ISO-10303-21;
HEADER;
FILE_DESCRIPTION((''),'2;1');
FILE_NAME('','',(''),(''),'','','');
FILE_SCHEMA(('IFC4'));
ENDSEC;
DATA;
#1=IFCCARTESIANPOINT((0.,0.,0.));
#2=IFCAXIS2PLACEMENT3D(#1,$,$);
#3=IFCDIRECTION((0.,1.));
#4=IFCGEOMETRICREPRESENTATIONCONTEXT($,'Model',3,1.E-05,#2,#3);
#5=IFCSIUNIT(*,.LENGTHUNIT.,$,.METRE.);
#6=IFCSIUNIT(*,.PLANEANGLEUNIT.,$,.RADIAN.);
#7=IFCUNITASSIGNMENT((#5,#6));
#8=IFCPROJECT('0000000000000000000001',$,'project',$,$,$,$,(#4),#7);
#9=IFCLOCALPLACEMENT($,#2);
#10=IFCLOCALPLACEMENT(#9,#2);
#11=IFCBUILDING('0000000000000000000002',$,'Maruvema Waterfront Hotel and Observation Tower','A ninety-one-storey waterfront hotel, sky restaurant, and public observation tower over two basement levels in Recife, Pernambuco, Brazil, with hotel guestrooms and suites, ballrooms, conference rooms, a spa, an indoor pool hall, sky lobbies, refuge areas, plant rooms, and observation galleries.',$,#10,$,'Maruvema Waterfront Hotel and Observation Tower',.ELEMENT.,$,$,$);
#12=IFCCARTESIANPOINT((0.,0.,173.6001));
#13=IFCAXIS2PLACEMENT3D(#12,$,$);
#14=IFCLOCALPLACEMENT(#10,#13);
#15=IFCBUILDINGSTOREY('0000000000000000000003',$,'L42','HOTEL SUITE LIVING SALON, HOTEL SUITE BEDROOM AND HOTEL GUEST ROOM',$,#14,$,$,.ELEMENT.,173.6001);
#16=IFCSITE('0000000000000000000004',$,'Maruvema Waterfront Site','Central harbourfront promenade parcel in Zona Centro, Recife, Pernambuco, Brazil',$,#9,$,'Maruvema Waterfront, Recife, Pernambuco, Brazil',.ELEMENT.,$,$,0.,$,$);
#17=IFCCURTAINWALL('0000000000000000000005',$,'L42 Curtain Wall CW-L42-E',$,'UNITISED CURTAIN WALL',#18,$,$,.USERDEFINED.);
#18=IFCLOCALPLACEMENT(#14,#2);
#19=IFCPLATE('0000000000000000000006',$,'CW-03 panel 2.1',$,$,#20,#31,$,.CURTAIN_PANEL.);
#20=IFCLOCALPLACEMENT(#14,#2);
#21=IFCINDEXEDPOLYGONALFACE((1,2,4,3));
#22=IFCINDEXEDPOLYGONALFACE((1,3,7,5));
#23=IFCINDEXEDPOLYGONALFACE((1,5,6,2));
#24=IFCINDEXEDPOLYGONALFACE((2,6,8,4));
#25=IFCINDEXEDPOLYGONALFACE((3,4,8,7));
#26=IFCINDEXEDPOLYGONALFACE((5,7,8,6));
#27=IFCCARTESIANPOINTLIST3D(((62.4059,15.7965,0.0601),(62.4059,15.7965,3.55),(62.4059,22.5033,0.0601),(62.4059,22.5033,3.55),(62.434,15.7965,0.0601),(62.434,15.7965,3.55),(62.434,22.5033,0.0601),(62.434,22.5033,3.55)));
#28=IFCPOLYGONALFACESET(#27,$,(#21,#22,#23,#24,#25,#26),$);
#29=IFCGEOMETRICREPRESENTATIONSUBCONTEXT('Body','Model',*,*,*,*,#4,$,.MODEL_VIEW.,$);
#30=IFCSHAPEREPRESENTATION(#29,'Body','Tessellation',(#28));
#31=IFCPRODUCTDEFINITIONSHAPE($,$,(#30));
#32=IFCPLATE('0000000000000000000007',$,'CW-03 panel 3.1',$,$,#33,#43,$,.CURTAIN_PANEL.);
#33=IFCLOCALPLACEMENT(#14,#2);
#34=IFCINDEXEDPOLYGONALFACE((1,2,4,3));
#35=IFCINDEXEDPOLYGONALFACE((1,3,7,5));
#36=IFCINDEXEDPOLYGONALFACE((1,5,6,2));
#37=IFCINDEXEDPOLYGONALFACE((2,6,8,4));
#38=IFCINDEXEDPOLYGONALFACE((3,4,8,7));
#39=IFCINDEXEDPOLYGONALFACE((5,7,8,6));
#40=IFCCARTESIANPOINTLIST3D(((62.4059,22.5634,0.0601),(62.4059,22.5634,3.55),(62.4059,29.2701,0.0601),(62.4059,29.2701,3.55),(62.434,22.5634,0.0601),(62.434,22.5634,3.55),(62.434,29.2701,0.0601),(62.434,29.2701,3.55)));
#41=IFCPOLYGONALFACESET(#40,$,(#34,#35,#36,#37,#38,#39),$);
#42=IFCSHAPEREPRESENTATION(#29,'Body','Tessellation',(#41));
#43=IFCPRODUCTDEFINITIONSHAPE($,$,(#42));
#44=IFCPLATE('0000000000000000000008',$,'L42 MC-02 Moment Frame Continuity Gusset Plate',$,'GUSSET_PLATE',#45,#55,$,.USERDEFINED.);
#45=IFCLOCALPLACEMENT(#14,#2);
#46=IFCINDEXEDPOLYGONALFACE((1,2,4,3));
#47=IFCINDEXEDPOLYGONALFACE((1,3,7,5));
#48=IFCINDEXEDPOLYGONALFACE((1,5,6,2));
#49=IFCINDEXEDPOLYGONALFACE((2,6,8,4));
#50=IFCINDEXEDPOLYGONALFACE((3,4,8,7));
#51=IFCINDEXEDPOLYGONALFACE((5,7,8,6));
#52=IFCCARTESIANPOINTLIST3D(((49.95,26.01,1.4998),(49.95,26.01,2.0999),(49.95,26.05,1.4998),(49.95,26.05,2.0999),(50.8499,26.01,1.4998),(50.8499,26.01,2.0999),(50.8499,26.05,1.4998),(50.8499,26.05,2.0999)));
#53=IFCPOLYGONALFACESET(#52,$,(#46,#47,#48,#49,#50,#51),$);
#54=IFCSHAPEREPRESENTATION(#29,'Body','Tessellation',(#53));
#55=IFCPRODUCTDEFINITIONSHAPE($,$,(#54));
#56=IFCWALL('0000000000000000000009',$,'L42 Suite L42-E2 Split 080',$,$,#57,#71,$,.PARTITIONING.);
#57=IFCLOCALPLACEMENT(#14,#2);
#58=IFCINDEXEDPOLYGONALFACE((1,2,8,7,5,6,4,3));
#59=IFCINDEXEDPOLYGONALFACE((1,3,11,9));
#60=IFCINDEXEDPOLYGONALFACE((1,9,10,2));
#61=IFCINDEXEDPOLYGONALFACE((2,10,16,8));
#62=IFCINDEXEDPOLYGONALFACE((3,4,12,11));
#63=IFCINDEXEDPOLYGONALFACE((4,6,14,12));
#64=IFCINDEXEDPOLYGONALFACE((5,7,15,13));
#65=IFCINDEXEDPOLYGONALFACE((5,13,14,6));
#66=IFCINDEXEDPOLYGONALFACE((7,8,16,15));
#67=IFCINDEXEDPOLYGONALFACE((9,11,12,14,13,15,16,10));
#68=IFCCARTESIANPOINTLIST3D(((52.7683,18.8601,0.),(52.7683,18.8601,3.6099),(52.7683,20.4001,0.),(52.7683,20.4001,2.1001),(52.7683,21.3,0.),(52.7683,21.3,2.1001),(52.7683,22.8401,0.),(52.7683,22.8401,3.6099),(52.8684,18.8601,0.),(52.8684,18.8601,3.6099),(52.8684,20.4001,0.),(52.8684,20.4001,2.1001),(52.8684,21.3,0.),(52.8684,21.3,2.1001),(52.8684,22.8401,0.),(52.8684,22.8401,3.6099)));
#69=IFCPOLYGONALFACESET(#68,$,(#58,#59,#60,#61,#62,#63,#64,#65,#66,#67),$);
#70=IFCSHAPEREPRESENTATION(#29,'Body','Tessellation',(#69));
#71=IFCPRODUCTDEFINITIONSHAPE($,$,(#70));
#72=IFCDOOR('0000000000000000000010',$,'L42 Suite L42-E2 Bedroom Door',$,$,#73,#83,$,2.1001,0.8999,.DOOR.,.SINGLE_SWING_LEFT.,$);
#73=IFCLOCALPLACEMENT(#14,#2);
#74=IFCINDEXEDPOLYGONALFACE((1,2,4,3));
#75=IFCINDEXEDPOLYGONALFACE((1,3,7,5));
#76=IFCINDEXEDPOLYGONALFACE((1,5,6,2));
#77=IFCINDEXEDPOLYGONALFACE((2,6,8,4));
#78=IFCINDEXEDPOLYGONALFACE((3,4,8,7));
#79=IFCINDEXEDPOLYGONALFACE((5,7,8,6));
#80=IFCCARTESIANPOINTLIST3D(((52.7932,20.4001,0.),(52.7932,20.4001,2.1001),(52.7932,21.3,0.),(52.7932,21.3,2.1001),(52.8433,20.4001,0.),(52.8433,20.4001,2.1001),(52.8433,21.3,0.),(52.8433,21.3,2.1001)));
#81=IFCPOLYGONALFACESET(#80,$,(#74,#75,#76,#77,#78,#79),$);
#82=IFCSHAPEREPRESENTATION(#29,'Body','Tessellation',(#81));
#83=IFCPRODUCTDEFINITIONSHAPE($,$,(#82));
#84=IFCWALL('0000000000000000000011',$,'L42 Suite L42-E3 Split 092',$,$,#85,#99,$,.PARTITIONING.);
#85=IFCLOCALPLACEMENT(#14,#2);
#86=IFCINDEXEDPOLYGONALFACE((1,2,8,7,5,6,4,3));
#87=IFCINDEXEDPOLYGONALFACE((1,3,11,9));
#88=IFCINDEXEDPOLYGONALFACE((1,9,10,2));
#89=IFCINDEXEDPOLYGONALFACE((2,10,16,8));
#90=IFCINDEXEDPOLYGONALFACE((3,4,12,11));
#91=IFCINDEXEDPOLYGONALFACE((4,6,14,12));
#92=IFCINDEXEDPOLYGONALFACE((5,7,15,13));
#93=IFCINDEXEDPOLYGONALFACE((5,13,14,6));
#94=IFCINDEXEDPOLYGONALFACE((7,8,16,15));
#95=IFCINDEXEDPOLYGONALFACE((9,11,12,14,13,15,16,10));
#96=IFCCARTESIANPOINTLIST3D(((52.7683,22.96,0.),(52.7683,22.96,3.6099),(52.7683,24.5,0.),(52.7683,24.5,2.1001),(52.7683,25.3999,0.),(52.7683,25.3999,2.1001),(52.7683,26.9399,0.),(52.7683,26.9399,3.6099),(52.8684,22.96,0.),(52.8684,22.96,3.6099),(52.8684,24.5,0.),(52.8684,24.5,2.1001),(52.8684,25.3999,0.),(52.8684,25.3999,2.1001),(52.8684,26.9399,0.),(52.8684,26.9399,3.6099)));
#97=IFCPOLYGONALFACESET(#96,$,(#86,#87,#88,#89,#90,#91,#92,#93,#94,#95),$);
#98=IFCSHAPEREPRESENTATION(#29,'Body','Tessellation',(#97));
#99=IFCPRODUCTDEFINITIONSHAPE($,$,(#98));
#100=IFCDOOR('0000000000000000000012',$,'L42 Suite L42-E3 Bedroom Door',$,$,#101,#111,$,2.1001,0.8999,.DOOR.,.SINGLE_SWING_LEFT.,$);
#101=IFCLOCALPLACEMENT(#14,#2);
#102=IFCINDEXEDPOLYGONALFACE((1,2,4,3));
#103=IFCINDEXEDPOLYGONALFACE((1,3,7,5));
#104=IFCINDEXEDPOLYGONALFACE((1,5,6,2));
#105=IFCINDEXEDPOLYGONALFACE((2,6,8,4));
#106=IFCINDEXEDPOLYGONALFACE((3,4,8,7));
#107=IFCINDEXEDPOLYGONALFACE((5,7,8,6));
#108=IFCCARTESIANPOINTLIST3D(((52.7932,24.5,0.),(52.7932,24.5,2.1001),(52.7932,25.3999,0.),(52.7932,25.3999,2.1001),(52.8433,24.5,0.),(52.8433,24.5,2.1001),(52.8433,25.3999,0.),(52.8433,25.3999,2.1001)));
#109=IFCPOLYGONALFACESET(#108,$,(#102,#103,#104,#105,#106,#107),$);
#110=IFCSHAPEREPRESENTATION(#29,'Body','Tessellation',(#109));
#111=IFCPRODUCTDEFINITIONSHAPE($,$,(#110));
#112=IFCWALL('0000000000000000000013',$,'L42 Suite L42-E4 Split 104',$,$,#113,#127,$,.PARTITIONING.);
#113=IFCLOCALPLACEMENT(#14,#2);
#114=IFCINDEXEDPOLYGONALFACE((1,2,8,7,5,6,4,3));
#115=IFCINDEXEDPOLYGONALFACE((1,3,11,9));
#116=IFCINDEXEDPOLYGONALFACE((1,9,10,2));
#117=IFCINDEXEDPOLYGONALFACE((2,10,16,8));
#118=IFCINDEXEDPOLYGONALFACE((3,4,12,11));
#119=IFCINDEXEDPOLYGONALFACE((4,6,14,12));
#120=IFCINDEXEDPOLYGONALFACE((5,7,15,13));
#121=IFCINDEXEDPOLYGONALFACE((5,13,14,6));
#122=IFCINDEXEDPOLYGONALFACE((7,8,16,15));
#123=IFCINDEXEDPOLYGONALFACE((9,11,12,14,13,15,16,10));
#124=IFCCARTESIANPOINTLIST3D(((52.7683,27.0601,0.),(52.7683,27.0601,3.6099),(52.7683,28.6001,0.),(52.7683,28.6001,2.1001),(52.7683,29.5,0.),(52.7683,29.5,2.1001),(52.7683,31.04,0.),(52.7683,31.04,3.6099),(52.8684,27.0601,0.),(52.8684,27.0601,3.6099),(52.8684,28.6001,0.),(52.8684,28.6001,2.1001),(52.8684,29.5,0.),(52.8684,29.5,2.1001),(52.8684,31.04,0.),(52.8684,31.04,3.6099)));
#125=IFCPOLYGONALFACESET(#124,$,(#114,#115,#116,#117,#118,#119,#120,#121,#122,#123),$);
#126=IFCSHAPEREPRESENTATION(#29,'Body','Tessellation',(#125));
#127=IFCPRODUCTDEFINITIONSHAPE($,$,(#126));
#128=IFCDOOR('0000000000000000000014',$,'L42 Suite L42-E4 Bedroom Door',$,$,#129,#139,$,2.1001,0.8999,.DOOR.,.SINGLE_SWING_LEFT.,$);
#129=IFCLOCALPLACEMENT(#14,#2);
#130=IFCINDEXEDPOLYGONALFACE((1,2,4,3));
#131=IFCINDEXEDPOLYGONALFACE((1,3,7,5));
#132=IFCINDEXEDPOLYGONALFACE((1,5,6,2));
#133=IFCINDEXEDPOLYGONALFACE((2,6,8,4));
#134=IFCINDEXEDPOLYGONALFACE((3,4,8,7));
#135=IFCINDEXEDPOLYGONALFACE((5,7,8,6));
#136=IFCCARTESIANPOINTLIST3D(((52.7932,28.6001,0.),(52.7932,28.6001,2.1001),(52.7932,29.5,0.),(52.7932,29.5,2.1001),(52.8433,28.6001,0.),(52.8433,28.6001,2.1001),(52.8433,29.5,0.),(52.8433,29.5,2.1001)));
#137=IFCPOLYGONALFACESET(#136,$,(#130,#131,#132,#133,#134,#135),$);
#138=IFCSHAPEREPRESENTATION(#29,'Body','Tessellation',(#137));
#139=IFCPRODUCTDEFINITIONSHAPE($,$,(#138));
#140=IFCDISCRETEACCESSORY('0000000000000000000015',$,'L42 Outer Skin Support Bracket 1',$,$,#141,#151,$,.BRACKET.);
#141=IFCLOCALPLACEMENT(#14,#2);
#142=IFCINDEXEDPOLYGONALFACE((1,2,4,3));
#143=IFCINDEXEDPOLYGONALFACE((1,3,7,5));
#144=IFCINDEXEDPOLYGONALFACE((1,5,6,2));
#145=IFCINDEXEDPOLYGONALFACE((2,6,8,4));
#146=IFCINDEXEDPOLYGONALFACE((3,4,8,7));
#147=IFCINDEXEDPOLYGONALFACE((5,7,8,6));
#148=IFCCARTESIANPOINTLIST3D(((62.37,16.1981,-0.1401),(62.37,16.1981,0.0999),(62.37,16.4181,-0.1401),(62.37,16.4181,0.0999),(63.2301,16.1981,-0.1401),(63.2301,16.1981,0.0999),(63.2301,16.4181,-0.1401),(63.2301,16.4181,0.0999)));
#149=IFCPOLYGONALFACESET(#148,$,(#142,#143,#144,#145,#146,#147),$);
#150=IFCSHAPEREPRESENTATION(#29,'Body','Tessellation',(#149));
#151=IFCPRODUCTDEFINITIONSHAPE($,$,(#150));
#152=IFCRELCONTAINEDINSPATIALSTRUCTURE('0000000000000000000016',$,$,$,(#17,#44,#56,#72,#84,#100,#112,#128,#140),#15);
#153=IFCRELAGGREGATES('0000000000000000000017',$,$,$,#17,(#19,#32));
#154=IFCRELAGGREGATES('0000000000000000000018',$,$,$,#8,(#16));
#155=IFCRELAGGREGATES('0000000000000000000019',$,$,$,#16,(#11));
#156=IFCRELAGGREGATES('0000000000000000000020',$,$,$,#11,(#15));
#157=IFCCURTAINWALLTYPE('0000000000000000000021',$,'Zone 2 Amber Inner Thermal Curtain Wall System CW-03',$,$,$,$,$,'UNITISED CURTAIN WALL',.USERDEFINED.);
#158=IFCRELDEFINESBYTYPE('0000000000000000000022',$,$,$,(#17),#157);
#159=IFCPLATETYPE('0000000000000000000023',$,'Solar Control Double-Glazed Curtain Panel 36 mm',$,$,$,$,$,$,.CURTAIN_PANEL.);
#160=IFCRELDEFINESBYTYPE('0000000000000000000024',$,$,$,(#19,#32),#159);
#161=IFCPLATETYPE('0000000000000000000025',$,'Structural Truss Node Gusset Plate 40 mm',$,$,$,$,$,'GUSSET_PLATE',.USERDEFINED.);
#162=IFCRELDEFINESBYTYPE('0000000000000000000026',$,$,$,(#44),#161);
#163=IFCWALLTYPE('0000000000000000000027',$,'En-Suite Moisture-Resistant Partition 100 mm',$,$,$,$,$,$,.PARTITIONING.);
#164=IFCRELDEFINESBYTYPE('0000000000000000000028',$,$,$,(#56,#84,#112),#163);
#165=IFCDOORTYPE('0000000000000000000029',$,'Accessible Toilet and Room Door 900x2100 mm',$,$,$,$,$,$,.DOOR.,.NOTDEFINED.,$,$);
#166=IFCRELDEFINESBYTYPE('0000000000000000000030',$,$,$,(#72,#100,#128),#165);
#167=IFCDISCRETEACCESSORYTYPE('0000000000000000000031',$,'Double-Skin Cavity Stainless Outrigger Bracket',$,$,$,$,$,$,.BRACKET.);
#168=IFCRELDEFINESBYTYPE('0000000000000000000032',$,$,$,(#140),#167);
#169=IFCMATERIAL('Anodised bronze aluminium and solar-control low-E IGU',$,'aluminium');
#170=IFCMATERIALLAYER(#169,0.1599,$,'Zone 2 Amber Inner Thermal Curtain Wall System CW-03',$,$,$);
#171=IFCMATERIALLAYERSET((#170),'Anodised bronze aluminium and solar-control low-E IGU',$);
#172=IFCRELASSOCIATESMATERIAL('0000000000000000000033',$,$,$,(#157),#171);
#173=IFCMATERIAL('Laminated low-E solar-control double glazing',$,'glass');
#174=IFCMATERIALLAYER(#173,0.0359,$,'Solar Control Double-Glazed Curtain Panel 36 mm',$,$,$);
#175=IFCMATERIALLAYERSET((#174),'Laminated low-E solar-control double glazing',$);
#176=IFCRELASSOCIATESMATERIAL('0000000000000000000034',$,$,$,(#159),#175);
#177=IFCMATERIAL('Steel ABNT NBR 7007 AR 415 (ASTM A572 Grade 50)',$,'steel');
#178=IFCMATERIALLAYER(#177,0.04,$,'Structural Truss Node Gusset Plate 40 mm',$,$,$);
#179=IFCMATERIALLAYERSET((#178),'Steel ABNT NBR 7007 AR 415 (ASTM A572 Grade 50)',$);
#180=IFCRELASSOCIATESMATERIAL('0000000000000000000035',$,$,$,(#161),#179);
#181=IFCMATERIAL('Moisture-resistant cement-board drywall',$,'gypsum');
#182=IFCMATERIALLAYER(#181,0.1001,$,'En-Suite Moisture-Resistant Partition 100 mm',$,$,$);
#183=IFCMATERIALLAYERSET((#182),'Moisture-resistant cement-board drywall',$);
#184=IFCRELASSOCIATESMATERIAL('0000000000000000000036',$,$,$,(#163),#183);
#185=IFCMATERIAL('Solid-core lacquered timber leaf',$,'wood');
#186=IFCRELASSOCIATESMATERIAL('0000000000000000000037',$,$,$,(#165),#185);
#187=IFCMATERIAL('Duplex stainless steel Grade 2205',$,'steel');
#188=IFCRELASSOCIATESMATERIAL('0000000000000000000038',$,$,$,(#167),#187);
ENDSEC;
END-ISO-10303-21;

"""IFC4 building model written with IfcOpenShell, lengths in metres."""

from ifc_helpers import new_model, si_unit, direction, frame, frame_2d, origin, origin_2d, place, context, subcontext, project, spatial, rectangle, extrude, material, layer, layer_set, type_object, element, fill, aggregate, save


model = new_model("IFC4")

# Units and contexts
model_context = context("Model", 3, precision=1e-05, world=origin(), true_north=direction((0.0, 1.0)))
body_context = subcontext(model_context, "Body", "Model", "MODEL_VIEW")
ifc_project = project(units=[si_unit("LENGTHUNIT", "METRE"), si_unit("PLANEANGLEUNIT", "RADIAN")], contexts=[model_context])

# Site, building, storey
site_placement = place(None, origin())
site = spatial("IfcSite", under=ifc_project, at=site_placement, Name="Maruvema Waterfront Site", Description="Central harbourfront promenade parcel in Zona Centro, Recife, Pernambuco, Brazil", LongName="Maruvema Waterfront, Recife, Pernambuco, Brazil", CompositionType="ELEMENT", RefElevation=0.0)
building_placement = place(site_placement, origin())
building = spatial("IfcBuilding", under=site, at=building_placement, Name="Maruvema Waterfront Hotel and Observation Tower", Description="A ninety-one-storey waterfront hotel, sky restaurant, and public observation tower over two basement levels in Recife, Pernambuco, Brazil, with hotel guestrooms and suites, ballrooms, conference rooms, a spa, an indoor pool hall, sky lobbies, refuge areas, plant rooms, and observation galleries.", LongName="Maruvema Waterfront Hotel and Observation Tower", CompositionType="ELEMENT")
storey_placement = place(building_placement, frame((0.0, 0.0, 173.6001)))
storey = spatial("IfcBuildingStorey", under=building, at=storey_placement, Name="L42", Description="HOTEL SUITE LIVING SALON, HOTEL SUITE BEDROOM AND HOTEL GUEST ROOM", CompositionType="ELEMENT", Elevation=173.6001)

# Curtain wall
ifc_material_1 = material(Name="Anodised bronze aluminium and solar-control low-E IGU", Category="aluminium")
ifc_layer_1 = layer(ifc_material_1, 0.1599, Name="Zone 2 Amber Inner Thermal Curtain Wall System CW-03")
ifc_layer_set_1 = layer_set([ifc_layer_1], Name="Anodised bronze aluminium and solar-control low-E IGU")
curtain_wall_type = type_object("IfcCurtainWallType", Name="Zone 2 Amber Inner Thermal Curtain Wall System CW-03", ElementType="UNITISED CURTAIN WALL", PredefinedType="USERDEFINED", material=ifc_layer_set_1)
curtain_wall_placement = place(storey_placement, origin())
curtain_wall = element("IfcCurtainWall", 1, at=curtain_wall_placement, inside=storey, type_object=curtain_wall_type, Name="L42 Curtain Wall CW-L42-E", ObjectType="UNITISED CURTAIN WALL", PredefinedType="USERDEFINED")

# Plates
ifc_material_2 = material(Name="Laminated low-E solar-control double glazing", Category="glass")
ifc_layer_2 = layer(ifc_material_2, 0.0359, Name="Solar Control Double-Glazed Curtain Panel 36 mm")
ifc_layer_set_2 = layer_set([ifc_layer_2], Name="Laminated low-E solar-control double glazing")
plate_type_1 = type_object("IfcPlateType", Name="Solar Control Double-Glazed Curtain Panel 36 mm", PredefinedType="CURTAIN_PANEL", material=ifc_layer_set_2)
plate_1_placement = place(storey_placement, frame((62.4199, 19.1499, 0.0601), z_axis=(0.0, 0.0, 1.0), x_axis=(0.0, 1.0, 0.0)))
plate_1 = element("IfcPlate", 2, at=plate_1_placement, type_object=plate_type_1, Name="CW-03 panel 2.1", PredefinedType="CURTAIN_PANEL", context=body_context, shape_type="SweptSolid", body=[
    extrude(rectangle(XDim=6.7068, YDim=0.0281, at=origin_2d()), origin(), (0.0, 0.0, 1.0), 3.49),
])
plate_2_placement = place(storey_placement, frame((62.4199, 25.9167, 0.0601), z_axis=(0.0, 0.0, 1.0), x_axis=(0.0, 1.0, 0.0)))
plate_2 = element("IfcPlate", 3, at=plate_2_placement, type_object=plate_type_1, Name="CW-03 panel 3.1", PredefinedType="CURTAIN_PANEL", context=body_context, shape_type="SweptSolid", body=[
    extrude(rectangle(XDim=6.7068, YDim=0.0281, at=origin_2d()), origin(), (0.0, 0.0, 1.0), 3.49),
])
aggregate(curtain_wall, [plate_1, plate_2])
ifc_material_3 = material(Name="Steel ABNT NBR 7007 AR 415 (ASTM A572 Grade 50)", Category="steel")
ifc_layer_3 = layer(ifc_material_3, 0.04, Name="Structural Truss Node Gusset Plate 40 mm")
ifc_layer_set_3 = layer_set([ifc_layer_3], Name="Steel ABNT NBR 7007 AR 415 (ASTM A572 Grade 50)")
plate_type_2 = type_object("IfcPlateType", Name="Structural Truss Node Gusset Plate 40 mm", ElementType="GUSSET_PLATE", PredefinedType="USERDEFINED", material=ifc_layer_set_3)
plate_3_placement = place(storey_placement, frame((50.3999, 26.03, 1.4998), z_axis=(0.0, 0.0, 1.0), x_axis=(1.0, 0.0, 0.0)))
element("IfcPlate", 4, at=plate_3_placement, inside=storey, type_object=plate_type_2, Name="L42 MC-02 Moment Frame Continuity Gusset Plate", ObjectType="GUSSET_PLATE", PredefinedType="USERDEFINED", context=body_context, shape_type="SweptSolid", body=[
    extrude(rectangle(XDim=0.8999, YDim=0.04, at=origin_2d()), origin(), (0.0, 0.0, 1.0), 0.6001),
])

# Walls, openings, doors
ifc_material_4 = material(Name="Moisture-resistant cement-board drywall", Category="gypsum")
ifc_layer_4 = layer(ifc_material_4, 0.1001, Name="En-Suite Moisture-Resistant Partition 100 mm")
ifc_layer_set_4 = layer_set([ifc_layer_4], Name="Moisture-resistant cement-board drywall")
wall_type = type_object("IfcWallType", Name="En-Suite Moisture-Resistant Partition 100 mm", PredefinedType="PARTITIONING", material=ifc_layer_set_4)
wall_1_placement = place(storey_placement, frame((52.8184, 18.8601, 0.0), z_axis=(0.0, 0.0, 1.0), x_axis=(0.0, 1.0, 0.0)))
wall_1 = element("IfcWall", 5, at=wall_1_placement, inside=storey, type_object=wall_type, Name="L42 Suite L42-E2 Split 080", PredefinedType="PARTITIONING", context=body_context, shape_type="SweptSolid", body=[
    extrude(rectangle(XDim=3.98, YDim=0.1001, at=frame_2d((1.99, 0.0))), origin(), (0.0, 0.0, 1.0), 3.6099),
])
opening_1_placement = place(wall_1_placement, frame((1.54, 0.0, 0.0)))
opening_1 = element("IfcOpeningElement", 6, at=opening_1_placement, cuts=wall_1, PredefinedType="OPENING", context=body_context, shape_type="SweptSolid", body=[
    extrude(rectangle(XDim=0.8999, YDim=2.1001, at=frame_2d((0.45, 1.05))), frame((0.0, 0.0601, 0.0), z_axis=(0.0, -1.0, 0.0), x_axis=(1.0, 0.0, 0.0)), (0.0, 0.0, 1.0), 0.1201),
])
ifc_material_5 = material(Name="Solid-core lacquered timber leaf", Category="wood")
door_type = type_object("IfcDoorType", Name="Accessible Toilet and Room Door 900x2100 mm", OperationType="NOTDEFINED", PredefinedType="DOOR", material=ifc_material_5)
door_1_placement = place(opening_1_placement, frame((0.8999, 0.0, 0.0), z_axis=(0.0, 0.0, 1.0), x_axis=(-1.0, 0.0, 0.0)))
door_1 = element("IfcDoor", 7, at=door_1_placement, inside=storey, type_object=door_type, Name="L42 Suite L42-E2 Bedroom Door", OperationType="SINGLE_SWING_LEFT", OverallHeight=2.1001, OverallWidth=0.8999, PredefinedType="DOOR", context=body_context, shape_type="SweptSolid", body=[
    extrude(rectangle(XDim=0.8999, YDim=2.1001, at=frame_2d((0.45, 1.05))), frame((0.0, 0.0249, 0.0), z_axis=(0.0, -1.0, 0.0), x_axis=(1.0, 0.0, 0.0)), (0.0, 0.0, 1.0), 0.05),
])
fill(opening_1, door_1)
wall_2_placement = place(storey_placement, frame((52.8184, 22.96, 0.0), z_axis=(0.0, 0.0, 1.0), x_axis=(0.0, 1.0, 0.0)))
wall_2 = element("IfcWall", 8, at=wall_2_placement, inside=storey, type_object=wall_type, Name="L42 Suite L42-E3 Split 092", PredefinedType="PARTITIONING", context=body_context, shape_type="SweptSolid", body=[
    extrude(rectangle(XDim=3.98, YDim=0.1001, at=frame_2d((1.99, 0.0))), origin(), (0.0, 0.0, 1.0), 3.6099),
])
opening_2_placement = place(wall_2_placement, frame((1.54, 0.0, 0.0)))
opening_2 = element("IfcOpeningElement", 9, at=opening_2_placement, cuts=wall_2, PredefinedType="OPENING", context=body_context, shape_type="SweptSolid", body=[
    extrude(rectangle(XDim=0.8999, YDim=2.1001, at=frame_2d((0.45, 1.05))), frame((0.0, 0.0601, 0.0), z_axis=(0.0, -1.0, 0.0), x_axis=(1.0, 0.0, 0.0)), (0.0, 0.0, 1.0), 0.1201),
])
door_2_placement = place(opening_2_placement, frame((0.8999, 0.0, 0.0), z_axis=(0.0, 0.0, 1.0), x_axis=(-1.0, 0.0, 0.0)))
door_2 = element("IfcDoor", 10, at=door_2_placement, inside=storey, type_object=door_type, Name="L42 Suite L42-E3 Bedroom Door", OperationType="SINGLE_SWING_LEFT", OverallHeight=2.1001, OverallWidth=0.8999, PredefinedType="DOOR", context=body_context, shape_type="SweptSolid", body=[
    extrude(rectangle(XDim=0.8999, YDim=2.1001, at=frame_2d((0.45, 1.05))), frame((0.0, 0.0249, 0.0), z_axis=(0.0, -1.0, 0.0), x_axis=(1.0, 0.0, 0.0)), (0.0, 0.0, 1.0), 0.05),
])
fill(opening_2, door_2)
wall_3_placement = place(storey_placement, frame((52.8184, 27.0601, 0.0), z_axis=(0.0, 0.0, 1.0), x_axis=(0.0, 1.0, 0.0)))
wall_3 = element("IfcWall", 11, at=wall_3_placement, inside=storey, type_object=wall_type, Name="L42 Suite L42-E4 Split 104", PredefinedType="PARTITIONING", context=body_context, shape_type="SweptSolid", body=[
    extrude(rectangle(XDim=3.98, YDim=0.1001, at=frame_2d((1.99, 0.0))), origin(), (0.0, 0.0, 1.0), 3.6099),
])
opening_3_placement = place(wall_3_placement, frame((1.54, 0.0, 0.0)))
opening_3 = element("IfcOpeningElement", 12, at=opening_3_placement, cuts=wall_3, PredefinedType="OPENING", context=body_context, shape_type="SweptSolid", body=[
    extrude(rectangle(XDim=0.8999, YDim=2.1001, at=frame_2d((0.45, 1.05))), frame((0.0, 0.0601, 0.0), z_axis=(0.0, -1.0, 0.0), x_axis=(1.0, 0.0, 0.0)), (0.0, 0.0, 1.0), 0.1201),
])
door_3_placement = place(opening_3_placement, frame((0.8999, 0.0, 0.0), z_axis=(0.0, 0.0, 1.0), x_axis=(-1.0, 0.0, 0.0)))
door_3 = element("IfcDoor", 13, at=door_3_placement, inside=storey, type_object=door_type, Name="L42 Suite L42-E4 Bedroom Door", OperationType="SINGLE_SWING_LEFT", OverallHeight=2.1001, OverallWidth=0.8999, PredefinedType="DOOR", context=body_context, shape_type="SweptSolid", body=[
    extrude(rectangle(XDim=0.8999, YDim=2.1001, at=frame_2d((0.45, 1.05))), frame((0.0, 0.0249, 0.0), z_axis=(0.0, -1.0, 0.0), x_axis=(1.0, 0.0, 0.0)), (0.0, 0.0, 1.0), 0.05),
])
fill(opening_3, door_3)

# Discrete accessory
ifc_material_6 = material(Name="Duplex stainless steel Grade 2205", Category="steel")
discrete_accessory_type = type_object("IfcDiscreteAccessoryType", Name="Double-Skin Cavity Stainless Outrigger Bracket", PredefinedType="BRACKET", material=ifc_material_6)
discrete_accessory_placement = place(storey_placement, frame((62.8, 16.3081, -0.1401), z_axis=(0.0, 0.0, 1.0), x_axis=(0.0, 1.0, 0.0)))
element("IfcDiscreteAccessory", 14, at=discrete_accessory_placement, inside=storey, type_object=discrete_accessory_type, Name="L42 Outer Skin Support Bracket 1", PredefinedType="BRACKET", context=body_context, shape_type="SweptSolid", body=[
    extrude(rectangle(XDim=0.22, YDim=0.8601, at=origin_2d()), origin(), (0.0, 0.0, 1.0), 0.24),
])

save(model, "model.ifc")
